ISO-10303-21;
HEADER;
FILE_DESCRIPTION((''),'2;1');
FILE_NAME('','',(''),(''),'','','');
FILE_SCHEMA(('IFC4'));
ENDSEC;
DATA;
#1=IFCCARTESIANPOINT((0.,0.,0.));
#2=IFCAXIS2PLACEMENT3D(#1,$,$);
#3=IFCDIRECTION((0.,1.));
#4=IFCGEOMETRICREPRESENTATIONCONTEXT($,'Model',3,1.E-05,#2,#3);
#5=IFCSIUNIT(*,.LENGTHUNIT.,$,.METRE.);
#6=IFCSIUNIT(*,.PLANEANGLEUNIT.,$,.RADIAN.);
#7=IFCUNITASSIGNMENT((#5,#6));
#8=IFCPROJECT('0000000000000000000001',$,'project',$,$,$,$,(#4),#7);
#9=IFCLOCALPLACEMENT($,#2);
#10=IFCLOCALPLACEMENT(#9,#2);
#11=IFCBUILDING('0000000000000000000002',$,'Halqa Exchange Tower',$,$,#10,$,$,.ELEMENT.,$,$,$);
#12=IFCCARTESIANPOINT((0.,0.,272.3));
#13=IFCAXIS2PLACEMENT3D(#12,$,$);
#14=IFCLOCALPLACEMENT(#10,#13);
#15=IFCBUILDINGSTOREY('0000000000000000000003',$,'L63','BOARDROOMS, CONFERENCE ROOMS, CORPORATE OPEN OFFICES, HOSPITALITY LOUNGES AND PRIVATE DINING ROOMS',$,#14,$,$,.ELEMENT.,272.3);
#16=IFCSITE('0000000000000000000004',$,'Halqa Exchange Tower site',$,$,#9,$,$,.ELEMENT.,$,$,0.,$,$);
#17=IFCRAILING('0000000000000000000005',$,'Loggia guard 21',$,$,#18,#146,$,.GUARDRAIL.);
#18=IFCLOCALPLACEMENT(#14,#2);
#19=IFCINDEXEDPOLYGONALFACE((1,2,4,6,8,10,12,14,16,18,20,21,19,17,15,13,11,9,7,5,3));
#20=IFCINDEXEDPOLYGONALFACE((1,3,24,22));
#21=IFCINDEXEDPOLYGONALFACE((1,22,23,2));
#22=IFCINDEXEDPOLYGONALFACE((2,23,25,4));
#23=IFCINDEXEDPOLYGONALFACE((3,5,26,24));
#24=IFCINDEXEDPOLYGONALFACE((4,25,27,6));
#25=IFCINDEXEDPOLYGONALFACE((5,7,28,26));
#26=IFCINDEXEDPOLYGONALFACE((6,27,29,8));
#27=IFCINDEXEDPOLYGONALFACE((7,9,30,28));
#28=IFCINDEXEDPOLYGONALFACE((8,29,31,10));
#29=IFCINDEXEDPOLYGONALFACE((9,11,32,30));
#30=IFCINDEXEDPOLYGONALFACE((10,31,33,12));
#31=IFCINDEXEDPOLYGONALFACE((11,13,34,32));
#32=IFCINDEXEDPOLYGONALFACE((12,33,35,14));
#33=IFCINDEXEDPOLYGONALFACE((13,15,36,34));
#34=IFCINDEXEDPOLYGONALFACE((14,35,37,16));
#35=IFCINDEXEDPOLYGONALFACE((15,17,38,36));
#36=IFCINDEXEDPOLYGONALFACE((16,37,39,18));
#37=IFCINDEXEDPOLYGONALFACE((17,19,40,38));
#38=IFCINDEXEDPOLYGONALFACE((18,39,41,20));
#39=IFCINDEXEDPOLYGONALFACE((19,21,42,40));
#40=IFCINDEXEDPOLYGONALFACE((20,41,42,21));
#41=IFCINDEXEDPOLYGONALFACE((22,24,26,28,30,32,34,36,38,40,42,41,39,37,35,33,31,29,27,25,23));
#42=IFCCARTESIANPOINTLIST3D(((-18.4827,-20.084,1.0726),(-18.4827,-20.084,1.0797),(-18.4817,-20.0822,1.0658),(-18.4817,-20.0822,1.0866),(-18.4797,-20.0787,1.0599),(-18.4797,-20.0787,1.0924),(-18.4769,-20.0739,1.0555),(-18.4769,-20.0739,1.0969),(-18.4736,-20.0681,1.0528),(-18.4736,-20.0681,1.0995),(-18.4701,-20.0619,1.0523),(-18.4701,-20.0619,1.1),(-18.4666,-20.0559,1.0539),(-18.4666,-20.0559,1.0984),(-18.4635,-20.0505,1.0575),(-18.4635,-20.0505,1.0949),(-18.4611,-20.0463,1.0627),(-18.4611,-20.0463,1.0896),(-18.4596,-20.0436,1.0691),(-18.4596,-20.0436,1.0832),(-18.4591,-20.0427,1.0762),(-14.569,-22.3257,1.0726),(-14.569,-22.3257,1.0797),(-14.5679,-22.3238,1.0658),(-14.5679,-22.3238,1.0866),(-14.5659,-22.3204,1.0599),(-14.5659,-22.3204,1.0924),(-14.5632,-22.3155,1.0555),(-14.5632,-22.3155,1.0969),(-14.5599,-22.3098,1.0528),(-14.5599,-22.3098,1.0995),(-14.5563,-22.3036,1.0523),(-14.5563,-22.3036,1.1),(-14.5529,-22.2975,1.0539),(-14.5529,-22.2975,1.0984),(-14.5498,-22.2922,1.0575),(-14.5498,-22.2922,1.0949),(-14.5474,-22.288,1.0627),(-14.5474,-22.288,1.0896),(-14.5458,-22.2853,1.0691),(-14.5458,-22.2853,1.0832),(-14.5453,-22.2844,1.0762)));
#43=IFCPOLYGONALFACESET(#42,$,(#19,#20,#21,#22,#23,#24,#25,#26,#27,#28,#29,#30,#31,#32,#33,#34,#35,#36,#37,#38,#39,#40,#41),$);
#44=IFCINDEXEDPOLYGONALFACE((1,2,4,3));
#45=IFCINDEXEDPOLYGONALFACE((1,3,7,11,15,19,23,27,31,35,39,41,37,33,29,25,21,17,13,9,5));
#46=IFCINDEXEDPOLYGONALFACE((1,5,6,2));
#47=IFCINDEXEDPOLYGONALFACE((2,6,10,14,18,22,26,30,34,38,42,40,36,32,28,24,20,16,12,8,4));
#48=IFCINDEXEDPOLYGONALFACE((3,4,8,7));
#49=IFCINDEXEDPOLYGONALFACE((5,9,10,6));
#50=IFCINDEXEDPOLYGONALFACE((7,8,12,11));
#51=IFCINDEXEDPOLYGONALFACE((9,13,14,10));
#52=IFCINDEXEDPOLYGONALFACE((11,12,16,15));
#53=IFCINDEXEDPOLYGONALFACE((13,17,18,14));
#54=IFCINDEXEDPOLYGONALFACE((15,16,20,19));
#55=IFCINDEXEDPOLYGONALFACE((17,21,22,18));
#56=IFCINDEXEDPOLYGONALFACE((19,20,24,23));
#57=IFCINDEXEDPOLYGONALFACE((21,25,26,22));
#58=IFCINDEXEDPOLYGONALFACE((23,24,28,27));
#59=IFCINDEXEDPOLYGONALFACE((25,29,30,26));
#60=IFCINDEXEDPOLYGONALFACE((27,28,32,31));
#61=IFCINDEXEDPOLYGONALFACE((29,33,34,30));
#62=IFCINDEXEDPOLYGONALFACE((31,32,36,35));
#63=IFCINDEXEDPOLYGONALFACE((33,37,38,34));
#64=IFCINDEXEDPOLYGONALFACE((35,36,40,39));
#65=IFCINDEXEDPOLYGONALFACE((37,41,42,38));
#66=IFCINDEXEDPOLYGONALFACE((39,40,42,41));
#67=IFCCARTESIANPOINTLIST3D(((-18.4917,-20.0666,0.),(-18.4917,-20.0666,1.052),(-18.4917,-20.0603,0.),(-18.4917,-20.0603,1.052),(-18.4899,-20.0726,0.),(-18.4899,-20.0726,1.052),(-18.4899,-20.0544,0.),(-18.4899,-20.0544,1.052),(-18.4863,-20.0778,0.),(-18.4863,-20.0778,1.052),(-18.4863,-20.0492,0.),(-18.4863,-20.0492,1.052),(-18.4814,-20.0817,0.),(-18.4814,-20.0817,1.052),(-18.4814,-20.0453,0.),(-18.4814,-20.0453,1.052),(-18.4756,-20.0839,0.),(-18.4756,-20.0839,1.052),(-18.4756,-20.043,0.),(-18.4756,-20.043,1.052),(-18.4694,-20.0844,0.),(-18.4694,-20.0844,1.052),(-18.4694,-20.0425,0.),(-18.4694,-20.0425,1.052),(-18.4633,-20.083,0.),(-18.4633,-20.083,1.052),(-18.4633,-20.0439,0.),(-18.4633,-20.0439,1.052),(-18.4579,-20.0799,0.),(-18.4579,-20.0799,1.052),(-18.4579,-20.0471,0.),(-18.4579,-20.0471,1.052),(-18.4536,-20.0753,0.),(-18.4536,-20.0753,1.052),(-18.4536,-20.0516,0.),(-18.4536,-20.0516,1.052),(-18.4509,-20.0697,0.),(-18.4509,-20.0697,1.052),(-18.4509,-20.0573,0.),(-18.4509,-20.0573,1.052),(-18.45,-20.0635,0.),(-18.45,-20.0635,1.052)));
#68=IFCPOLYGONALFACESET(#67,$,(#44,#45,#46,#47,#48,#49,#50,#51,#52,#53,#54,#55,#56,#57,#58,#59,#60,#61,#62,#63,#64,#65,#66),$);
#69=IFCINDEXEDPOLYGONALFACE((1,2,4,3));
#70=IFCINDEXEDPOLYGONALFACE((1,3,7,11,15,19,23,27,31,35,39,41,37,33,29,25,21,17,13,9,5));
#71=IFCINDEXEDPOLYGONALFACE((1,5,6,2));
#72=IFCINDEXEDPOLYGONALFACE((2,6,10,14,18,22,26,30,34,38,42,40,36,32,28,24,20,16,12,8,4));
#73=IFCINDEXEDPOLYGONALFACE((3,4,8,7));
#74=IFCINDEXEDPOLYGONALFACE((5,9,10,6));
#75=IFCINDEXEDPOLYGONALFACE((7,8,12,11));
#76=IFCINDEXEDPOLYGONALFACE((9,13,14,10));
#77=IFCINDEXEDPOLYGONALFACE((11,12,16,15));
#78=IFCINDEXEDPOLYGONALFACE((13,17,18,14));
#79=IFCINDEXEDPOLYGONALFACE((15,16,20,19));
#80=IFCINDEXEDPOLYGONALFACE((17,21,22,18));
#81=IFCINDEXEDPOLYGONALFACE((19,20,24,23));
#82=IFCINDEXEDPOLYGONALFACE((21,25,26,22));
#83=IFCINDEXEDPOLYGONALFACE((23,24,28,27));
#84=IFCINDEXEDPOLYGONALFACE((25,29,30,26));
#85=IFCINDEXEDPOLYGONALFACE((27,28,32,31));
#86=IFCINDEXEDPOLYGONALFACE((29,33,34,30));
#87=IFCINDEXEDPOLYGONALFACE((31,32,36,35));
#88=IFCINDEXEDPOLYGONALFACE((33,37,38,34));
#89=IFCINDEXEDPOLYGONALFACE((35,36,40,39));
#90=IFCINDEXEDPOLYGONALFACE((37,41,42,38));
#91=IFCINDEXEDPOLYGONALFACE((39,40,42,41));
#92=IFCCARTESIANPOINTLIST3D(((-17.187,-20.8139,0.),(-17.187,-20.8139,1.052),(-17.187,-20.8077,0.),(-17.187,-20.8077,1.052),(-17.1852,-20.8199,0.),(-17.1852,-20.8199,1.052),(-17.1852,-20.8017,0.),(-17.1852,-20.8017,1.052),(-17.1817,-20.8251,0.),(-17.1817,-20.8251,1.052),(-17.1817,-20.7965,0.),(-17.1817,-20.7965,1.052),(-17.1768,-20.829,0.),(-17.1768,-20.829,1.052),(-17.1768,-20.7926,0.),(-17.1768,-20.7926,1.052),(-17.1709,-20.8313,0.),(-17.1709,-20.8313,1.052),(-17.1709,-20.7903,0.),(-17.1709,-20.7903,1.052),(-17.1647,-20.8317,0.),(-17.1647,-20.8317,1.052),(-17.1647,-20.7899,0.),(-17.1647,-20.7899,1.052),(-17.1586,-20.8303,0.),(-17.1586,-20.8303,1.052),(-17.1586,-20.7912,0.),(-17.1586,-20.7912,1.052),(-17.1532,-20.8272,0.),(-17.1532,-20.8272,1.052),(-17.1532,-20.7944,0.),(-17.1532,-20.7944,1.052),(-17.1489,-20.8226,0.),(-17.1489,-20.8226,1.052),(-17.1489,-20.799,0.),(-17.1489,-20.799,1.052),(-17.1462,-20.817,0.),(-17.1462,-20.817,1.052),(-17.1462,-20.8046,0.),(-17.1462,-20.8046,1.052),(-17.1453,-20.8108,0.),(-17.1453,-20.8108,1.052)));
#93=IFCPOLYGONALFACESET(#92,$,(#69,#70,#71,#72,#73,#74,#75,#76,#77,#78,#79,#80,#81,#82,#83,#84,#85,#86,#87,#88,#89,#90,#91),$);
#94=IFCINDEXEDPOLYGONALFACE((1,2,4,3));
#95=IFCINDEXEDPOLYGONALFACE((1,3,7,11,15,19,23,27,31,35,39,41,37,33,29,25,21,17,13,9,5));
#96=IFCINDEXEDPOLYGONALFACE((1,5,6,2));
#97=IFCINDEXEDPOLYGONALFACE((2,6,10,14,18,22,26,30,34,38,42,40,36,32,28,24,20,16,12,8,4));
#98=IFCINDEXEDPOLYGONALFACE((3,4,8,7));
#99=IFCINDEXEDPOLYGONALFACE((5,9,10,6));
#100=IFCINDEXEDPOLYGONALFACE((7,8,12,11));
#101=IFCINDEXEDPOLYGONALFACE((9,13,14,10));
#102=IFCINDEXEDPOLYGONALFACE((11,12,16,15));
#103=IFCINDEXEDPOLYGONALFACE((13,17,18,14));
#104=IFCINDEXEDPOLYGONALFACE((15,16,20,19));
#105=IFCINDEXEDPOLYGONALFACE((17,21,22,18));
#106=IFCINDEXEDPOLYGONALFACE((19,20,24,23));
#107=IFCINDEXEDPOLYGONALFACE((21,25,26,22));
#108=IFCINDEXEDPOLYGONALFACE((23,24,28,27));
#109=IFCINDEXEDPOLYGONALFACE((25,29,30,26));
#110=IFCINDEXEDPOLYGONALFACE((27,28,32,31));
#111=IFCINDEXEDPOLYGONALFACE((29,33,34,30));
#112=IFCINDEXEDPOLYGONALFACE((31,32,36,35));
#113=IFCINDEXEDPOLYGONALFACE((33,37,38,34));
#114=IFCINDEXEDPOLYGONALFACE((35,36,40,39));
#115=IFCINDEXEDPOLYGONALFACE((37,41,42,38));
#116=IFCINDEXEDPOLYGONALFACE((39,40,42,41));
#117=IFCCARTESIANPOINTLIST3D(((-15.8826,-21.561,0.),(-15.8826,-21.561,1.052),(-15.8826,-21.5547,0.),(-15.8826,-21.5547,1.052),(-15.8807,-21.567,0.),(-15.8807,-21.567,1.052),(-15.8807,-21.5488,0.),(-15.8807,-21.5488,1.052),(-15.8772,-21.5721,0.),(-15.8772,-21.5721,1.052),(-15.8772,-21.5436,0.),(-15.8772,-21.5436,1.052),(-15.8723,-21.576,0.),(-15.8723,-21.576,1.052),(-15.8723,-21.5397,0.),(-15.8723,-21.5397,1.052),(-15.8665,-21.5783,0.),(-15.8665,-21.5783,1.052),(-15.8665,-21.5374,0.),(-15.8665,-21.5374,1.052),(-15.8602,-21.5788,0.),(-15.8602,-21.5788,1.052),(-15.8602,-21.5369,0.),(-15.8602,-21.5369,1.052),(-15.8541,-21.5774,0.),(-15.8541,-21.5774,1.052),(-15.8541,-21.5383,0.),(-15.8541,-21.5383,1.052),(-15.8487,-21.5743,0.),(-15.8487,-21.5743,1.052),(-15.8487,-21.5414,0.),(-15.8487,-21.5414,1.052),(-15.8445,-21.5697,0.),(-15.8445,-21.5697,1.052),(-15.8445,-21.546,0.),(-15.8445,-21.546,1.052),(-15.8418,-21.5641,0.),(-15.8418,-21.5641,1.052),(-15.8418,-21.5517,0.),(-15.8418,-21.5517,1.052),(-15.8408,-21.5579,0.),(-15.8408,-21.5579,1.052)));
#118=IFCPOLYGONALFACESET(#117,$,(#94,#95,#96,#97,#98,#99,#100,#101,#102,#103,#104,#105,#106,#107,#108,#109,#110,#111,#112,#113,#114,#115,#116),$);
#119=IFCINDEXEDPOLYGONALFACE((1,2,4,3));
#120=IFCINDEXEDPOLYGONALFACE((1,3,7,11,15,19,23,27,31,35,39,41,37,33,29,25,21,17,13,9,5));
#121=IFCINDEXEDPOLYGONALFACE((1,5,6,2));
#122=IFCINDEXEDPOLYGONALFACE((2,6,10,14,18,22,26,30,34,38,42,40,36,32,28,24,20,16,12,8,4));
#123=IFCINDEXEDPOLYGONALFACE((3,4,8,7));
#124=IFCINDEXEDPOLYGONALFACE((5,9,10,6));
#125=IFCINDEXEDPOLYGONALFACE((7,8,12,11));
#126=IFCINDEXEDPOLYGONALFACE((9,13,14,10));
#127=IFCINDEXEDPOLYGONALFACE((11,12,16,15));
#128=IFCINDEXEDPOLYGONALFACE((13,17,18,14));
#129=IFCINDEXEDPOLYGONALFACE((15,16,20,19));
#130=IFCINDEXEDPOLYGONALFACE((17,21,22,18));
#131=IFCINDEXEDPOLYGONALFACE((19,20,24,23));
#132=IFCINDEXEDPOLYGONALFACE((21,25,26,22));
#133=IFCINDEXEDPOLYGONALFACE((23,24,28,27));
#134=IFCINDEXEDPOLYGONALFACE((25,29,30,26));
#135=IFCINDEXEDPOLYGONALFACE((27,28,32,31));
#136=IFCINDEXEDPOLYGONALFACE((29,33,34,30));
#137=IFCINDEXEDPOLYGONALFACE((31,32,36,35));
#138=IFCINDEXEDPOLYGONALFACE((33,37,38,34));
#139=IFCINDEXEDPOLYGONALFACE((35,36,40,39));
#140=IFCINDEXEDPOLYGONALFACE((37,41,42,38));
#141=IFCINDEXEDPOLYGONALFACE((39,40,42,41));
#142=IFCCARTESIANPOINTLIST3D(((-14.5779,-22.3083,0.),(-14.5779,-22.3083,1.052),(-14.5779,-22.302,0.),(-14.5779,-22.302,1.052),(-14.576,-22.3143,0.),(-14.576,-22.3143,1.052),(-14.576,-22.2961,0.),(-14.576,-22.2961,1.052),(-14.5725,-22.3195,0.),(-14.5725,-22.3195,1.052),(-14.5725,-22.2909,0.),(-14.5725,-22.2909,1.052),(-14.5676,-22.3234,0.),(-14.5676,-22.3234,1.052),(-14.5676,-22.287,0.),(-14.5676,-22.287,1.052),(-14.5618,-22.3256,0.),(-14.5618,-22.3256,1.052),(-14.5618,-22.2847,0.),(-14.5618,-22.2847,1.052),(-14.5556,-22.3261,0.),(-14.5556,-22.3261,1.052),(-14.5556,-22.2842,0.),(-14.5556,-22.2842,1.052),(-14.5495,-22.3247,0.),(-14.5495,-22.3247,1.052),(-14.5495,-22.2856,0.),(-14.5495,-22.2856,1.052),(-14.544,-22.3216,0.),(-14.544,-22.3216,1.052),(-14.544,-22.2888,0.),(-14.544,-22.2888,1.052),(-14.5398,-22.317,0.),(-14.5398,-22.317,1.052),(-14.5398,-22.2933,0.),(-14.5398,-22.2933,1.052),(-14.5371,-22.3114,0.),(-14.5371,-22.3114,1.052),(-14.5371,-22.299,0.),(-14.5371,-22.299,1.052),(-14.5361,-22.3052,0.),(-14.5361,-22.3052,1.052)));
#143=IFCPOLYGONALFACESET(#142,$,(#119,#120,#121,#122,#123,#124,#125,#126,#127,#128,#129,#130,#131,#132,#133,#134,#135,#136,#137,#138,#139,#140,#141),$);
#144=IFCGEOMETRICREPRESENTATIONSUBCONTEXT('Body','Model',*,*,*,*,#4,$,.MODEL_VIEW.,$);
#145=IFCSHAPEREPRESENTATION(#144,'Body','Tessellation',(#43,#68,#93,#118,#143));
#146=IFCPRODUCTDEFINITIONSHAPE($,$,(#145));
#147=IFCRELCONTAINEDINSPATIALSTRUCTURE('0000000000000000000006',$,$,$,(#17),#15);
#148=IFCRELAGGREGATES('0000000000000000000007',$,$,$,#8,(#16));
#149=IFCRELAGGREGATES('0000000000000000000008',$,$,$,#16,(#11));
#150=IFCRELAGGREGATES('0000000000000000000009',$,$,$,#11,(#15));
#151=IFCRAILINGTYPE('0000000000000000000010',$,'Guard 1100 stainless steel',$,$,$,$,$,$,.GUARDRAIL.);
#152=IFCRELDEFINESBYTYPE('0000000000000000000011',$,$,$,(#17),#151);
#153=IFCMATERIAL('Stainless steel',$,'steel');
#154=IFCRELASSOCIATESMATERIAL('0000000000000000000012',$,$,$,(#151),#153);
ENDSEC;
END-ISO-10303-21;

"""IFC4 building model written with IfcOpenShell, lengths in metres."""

from ifc_helpers import new_model, si_unit, direction, frame, origin, origin_2d, place, context, subcontext, project, spatial, circle, extrude, material, type_object, element, save


model = new_model("IFC4")

# Units and contexts
model_context = context("Model", 3, precision=1e-05, world=origin(), true_north=direction((0.0, 1.0)))
body_context = subcontext(model_context, "Body", "Model", "MODEL_VIEW")
ifc_project = project(units=[si_unit("LENGTHUNIT", "METRE"), si_unit("PLANEANGLEUNIT", "RADIAN")], contexts=[model_context])

# Site, building, storey
site_placement = place(None, origin())
site = spatial("IfcSite", under=ifc_project, at=site_placement, Name="Halqa Exchange Tower site", CompositionType="ELEMENT", RefElevation=0.0)
building_placement = place(site_placement, origin())
building = spatial("IfcBuilding", under=site, at=building_placement, Name="Halqa Exchange Tower", CompositionType="ELEMENT")
storey_placement = place(building_placement, frame((0.0, 0.0, 272.3)))
storey = spatial("IfcBuildingStorey", under=building, at=storey_placement, Name="L63", Description="BOARDROOMS, CONFERENCE ROOMS, CORPORATE OPEN OFFICES, HOSPITALITY LOUNGES AND PRIVATE DINING ROOMS", CompositionType="ELEMENT", Elevation=272.3)

# Railing
ifc_material_1 = material(Name="Stainless steel", Category="steel")
railing_type = type_object("IfcRailingType", Name="Guard 1100 stainless steel", PredefinedType="GUARDRAIL", material=ifc_material_1)
railing_1_placement = place(storey_placement, frame((-18.4709, -20.0635, 0.0)))
element("IfcRailing", 1, at=railing_1_placement, inside=storey, type_object=railing_type, Name="Loggia guard 21", PredefinedType="GUARDRAIL", context=body_context, shape_type="SweptSolid", body=[
    extrude(circle(Radius=0.0239, at=origin_2d()), frame((0.0, 0.0, 1.0762), z_axis=(0.867743, -0.497013, 0.0), x_axis=(0.497013, 0.867743, 0.0)), (0.0, 0.0, 1.0), 4.5103),
    extrude(circle(Radius=0.021, at=origin_2d()), origin(), (0.0, 0.0, 1.0), 1.052),
    extrude(circle(Radius=0.021, at=origin_2d()), frame((1.3047, -0.7473, 0.0)), (0.0, 0.0, 1.0), 1.052),
    extrude(circle(Radius=0.021, at=origin_2d()), frame((2.6091, -1.4944, 0.0)), (0.0, 0.0, 1.0), 1.052),
    extrude(circle(Radius=0.021, at=origin_2d()), frame((3.9138, -2.2417, 0.0)), (0.0, 0.0, 1.0), 1.052),
])

save(model, "model.ifc")
